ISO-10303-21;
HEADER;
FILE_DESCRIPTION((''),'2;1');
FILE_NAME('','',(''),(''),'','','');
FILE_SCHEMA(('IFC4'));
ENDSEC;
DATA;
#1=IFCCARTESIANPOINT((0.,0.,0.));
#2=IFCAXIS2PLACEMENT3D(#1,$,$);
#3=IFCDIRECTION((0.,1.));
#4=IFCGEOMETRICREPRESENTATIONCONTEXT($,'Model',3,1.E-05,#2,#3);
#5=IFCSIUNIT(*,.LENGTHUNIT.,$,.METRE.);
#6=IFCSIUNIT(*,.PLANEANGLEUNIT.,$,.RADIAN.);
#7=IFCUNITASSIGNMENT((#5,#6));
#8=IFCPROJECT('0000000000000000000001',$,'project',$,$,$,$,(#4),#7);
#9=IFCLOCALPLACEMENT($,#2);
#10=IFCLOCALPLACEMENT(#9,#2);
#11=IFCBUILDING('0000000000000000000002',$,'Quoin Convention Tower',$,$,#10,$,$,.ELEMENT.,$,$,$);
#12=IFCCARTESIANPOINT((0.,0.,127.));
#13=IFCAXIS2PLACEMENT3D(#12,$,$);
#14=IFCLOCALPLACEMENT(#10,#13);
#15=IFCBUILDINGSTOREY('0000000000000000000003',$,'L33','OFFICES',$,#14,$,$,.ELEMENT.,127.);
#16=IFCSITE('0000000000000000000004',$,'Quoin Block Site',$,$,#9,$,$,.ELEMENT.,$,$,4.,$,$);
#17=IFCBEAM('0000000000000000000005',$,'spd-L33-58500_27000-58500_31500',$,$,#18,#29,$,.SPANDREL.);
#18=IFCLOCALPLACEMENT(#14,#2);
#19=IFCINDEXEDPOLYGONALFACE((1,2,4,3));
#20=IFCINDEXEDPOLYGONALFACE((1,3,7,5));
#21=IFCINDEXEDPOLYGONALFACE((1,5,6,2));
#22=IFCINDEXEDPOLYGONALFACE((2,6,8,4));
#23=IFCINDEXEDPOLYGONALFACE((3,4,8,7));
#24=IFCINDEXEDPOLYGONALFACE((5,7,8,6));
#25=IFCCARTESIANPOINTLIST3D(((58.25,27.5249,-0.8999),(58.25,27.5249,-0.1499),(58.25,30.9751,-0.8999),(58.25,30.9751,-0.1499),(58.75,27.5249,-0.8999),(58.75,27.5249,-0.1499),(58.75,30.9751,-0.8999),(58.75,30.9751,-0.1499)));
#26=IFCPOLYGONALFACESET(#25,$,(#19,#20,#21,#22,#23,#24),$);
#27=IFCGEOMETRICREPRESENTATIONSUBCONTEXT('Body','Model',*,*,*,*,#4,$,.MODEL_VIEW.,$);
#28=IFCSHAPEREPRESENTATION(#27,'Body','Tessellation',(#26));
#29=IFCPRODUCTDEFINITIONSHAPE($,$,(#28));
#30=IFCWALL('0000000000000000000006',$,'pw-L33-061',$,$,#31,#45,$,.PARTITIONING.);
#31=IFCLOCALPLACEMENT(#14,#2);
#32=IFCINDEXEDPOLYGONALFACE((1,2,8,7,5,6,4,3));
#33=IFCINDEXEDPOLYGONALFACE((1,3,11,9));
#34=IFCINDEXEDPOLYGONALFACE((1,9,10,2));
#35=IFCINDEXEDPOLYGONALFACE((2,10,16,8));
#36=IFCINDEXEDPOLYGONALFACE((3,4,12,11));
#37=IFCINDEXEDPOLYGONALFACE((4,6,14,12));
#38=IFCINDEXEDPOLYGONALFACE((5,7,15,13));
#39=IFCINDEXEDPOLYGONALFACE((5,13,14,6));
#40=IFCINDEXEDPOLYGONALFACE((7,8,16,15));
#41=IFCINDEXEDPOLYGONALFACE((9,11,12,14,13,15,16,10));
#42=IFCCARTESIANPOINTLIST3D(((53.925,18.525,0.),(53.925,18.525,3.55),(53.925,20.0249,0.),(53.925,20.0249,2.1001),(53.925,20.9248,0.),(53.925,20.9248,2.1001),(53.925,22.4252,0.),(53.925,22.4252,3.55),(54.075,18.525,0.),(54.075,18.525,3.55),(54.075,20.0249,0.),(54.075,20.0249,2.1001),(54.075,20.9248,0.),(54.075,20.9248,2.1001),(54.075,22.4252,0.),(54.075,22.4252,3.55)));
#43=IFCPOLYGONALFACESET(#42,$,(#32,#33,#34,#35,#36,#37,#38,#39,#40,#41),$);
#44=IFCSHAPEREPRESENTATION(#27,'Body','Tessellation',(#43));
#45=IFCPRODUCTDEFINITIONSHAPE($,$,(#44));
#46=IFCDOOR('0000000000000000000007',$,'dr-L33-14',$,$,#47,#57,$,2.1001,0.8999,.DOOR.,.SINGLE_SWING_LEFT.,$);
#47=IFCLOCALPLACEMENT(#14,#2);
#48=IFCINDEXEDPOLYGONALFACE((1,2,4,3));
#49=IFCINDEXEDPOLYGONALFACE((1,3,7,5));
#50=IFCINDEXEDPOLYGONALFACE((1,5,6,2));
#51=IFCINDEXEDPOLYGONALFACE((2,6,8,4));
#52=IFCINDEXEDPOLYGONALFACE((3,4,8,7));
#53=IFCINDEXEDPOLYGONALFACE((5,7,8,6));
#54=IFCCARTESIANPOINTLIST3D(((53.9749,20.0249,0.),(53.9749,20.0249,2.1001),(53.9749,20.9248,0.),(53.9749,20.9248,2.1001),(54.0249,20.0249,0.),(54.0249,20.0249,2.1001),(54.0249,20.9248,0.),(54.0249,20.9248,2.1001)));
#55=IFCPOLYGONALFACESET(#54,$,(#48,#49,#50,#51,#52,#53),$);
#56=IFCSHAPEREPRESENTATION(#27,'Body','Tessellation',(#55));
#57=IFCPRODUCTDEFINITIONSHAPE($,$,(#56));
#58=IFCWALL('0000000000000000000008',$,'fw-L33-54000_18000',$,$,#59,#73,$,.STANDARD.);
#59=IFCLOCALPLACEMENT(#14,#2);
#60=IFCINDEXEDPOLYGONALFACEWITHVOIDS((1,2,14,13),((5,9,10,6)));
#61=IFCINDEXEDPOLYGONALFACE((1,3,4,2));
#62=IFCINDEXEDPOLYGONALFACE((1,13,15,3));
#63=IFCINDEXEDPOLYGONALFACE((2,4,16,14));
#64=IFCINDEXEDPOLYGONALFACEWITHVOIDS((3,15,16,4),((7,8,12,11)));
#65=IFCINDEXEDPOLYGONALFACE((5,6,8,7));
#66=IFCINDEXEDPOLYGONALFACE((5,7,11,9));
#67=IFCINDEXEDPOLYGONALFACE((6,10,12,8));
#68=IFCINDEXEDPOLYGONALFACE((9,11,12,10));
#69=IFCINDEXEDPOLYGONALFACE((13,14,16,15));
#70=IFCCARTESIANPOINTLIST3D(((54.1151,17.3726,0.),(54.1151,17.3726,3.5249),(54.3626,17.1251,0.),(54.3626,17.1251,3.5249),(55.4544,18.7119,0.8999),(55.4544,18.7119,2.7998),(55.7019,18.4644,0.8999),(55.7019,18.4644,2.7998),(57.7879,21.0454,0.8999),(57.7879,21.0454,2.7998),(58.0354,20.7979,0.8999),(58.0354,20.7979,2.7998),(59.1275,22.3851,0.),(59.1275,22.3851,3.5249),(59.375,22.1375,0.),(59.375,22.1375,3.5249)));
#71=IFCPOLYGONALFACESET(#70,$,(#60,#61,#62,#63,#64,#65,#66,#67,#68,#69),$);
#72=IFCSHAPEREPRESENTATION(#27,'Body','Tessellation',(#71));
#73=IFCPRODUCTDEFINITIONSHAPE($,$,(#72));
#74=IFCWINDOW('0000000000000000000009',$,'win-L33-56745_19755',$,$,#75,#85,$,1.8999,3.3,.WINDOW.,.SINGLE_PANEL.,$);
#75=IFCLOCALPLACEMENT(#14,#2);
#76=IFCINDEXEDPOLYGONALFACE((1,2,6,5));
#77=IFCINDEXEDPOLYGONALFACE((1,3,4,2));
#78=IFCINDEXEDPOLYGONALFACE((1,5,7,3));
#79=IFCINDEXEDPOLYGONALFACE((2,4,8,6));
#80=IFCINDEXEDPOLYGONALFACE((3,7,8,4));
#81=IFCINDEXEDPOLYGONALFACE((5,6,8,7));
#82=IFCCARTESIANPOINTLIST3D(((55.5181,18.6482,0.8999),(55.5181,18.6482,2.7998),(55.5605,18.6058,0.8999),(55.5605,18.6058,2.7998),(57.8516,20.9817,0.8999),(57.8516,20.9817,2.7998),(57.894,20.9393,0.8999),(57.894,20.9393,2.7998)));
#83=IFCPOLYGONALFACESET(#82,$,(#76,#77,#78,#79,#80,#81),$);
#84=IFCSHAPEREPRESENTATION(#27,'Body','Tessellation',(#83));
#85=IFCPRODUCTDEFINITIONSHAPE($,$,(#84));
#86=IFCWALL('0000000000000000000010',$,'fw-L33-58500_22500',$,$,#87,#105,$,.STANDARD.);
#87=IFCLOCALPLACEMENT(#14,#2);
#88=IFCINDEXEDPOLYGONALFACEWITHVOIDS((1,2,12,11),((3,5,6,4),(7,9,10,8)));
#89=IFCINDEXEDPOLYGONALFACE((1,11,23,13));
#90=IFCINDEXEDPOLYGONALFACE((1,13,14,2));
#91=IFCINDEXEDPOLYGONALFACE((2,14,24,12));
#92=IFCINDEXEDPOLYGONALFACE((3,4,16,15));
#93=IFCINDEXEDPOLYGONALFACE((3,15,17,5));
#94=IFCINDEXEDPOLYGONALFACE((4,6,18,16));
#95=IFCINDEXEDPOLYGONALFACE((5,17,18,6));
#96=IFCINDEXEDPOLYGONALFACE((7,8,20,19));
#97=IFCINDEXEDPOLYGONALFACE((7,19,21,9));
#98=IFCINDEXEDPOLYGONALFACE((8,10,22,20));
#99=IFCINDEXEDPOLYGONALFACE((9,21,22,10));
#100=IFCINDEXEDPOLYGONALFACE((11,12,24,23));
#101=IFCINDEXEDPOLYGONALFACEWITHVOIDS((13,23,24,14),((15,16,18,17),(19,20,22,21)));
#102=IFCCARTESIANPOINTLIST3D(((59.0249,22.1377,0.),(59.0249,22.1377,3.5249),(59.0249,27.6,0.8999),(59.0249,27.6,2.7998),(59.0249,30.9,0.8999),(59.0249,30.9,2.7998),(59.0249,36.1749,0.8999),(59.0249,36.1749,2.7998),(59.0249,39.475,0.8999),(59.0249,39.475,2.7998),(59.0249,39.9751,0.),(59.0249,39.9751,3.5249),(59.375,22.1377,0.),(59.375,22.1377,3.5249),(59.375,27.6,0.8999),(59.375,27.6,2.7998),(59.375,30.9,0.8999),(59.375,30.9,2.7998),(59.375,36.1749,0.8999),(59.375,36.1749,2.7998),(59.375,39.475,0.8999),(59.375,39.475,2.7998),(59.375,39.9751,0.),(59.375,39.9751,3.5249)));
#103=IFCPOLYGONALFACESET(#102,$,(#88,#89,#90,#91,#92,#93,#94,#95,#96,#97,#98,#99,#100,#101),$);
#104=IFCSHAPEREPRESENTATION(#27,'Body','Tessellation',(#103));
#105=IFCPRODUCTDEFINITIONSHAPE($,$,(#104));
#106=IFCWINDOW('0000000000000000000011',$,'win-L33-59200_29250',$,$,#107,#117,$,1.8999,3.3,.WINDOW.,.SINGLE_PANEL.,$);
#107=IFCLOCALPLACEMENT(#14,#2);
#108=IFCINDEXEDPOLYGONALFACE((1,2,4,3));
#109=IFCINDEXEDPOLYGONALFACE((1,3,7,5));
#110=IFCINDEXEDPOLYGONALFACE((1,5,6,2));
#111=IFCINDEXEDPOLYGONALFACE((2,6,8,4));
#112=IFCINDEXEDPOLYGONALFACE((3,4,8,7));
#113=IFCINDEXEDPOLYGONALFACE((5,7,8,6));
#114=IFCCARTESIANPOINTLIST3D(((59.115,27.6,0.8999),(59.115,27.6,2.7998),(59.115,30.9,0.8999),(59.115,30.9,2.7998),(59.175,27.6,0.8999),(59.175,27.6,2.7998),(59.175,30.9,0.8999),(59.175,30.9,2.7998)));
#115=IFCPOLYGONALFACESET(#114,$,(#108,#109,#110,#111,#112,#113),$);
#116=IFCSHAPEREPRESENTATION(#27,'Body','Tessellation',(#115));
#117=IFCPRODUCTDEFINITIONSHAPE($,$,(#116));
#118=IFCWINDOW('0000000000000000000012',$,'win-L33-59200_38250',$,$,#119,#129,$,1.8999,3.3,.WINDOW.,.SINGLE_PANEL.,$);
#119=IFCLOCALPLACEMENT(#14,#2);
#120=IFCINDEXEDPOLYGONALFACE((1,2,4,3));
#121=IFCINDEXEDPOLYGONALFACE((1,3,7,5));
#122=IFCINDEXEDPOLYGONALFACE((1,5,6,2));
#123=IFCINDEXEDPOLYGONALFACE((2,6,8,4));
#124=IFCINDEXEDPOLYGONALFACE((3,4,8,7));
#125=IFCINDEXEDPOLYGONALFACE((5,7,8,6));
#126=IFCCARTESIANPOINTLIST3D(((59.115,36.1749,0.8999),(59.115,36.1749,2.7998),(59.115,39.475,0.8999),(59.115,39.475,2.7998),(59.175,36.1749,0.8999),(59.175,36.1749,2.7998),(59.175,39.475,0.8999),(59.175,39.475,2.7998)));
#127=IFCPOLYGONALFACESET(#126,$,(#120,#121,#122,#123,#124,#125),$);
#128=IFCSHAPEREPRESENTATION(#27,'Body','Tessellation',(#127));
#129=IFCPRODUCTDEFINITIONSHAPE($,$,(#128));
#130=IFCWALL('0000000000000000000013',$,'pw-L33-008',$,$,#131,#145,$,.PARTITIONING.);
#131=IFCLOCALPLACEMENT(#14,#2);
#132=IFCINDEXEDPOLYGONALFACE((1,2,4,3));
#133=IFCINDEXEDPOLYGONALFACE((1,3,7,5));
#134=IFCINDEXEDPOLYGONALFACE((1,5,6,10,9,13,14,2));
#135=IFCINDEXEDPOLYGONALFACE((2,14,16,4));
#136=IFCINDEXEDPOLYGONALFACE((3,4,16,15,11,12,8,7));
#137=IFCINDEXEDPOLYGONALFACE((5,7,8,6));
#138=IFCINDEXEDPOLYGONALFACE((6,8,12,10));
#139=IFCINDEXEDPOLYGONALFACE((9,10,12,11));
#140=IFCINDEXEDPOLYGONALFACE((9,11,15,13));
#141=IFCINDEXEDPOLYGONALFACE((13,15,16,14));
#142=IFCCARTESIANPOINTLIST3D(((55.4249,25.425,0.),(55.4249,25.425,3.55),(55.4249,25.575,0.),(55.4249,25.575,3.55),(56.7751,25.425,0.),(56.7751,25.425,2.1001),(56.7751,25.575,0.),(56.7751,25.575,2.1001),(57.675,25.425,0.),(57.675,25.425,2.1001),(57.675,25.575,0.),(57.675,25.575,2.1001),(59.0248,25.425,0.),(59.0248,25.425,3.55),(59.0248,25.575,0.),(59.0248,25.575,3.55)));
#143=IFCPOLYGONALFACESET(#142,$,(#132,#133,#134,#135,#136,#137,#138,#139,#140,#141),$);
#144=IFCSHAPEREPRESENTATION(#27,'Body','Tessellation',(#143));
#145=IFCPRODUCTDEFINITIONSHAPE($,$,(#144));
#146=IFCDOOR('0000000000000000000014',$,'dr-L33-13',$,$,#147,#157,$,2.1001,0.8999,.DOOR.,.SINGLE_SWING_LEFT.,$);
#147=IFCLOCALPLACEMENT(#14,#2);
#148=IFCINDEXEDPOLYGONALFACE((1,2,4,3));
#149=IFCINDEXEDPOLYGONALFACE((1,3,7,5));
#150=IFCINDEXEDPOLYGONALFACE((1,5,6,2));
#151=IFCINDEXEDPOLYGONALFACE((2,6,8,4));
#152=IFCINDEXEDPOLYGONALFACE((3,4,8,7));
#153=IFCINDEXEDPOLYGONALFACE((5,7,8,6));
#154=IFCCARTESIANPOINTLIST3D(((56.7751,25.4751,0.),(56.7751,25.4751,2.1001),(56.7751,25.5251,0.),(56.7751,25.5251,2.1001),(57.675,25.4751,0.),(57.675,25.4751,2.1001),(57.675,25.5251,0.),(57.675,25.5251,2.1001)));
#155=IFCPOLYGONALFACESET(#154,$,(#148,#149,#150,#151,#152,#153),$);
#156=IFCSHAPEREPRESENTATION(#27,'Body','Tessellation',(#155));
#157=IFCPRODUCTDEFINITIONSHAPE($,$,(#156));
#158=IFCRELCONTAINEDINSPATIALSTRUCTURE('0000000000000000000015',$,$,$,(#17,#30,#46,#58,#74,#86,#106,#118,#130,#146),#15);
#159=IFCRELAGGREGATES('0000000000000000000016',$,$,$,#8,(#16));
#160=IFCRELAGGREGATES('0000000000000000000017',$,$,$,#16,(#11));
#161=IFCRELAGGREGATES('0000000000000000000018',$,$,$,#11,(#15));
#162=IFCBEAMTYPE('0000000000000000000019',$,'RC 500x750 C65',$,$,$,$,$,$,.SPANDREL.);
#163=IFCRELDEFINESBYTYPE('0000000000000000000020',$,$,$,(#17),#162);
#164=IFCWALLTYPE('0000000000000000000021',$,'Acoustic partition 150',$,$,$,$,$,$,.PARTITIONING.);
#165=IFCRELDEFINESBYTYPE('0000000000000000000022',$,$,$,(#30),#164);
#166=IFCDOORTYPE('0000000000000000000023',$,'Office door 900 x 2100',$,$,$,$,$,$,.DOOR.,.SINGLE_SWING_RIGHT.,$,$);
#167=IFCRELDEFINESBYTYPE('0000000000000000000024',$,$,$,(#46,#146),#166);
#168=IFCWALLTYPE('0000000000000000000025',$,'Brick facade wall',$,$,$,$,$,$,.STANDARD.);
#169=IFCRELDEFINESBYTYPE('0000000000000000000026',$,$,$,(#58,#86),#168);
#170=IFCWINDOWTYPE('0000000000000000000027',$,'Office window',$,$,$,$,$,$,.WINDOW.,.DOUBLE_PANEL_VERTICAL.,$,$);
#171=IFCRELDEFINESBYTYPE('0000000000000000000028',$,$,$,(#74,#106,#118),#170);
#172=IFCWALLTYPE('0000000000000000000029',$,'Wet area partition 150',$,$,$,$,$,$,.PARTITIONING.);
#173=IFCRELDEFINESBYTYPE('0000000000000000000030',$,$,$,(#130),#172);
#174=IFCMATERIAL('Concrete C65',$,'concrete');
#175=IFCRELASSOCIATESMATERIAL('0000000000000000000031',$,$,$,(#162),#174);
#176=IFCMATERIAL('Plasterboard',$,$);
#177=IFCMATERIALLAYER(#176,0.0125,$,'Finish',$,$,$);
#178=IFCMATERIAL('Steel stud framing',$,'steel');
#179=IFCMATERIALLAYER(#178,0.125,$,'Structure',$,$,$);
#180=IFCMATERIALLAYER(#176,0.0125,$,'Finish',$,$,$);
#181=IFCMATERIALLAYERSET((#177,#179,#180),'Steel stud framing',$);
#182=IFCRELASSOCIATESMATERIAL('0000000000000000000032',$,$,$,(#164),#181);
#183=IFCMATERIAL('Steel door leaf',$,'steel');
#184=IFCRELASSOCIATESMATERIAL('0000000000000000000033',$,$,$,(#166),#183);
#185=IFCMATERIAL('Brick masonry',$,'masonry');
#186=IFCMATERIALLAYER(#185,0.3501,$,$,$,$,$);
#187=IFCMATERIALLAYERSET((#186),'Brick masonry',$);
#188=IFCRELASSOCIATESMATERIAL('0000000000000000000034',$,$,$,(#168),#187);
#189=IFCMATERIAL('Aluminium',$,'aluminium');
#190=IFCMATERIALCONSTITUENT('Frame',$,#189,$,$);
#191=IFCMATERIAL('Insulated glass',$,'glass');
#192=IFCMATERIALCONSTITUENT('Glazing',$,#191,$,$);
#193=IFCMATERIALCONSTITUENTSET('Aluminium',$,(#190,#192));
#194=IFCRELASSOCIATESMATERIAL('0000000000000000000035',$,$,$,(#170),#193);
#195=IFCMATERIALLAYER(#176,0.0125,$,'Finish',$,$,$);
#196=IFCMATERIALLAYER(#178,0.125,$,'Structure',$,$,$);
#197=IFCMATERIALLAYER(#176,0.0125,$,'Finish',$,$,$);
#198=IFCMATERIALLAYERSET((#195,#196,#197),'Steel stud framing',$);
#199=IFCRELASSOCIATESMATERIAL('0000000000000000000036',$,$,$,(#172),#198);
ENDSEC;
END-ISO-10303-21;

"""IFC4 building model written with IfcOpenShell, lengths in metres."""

from ifc_helpers import new_model, si_unit, direction, frame, frame_2d, origin, origin_2d, place, context, subcontext, project, spatial, rectangle, extrude, material, layer, layer_set, constituent, constituent_set, material_profile, profile_set, type_object, element, fill, save


model = new_model("IFC4")

# Units and contexts
model_context = context("Model", 3, precision=1e-05, world=origin(), true_north=direction((0.0, 1.0)))
body_context = subcontext(model_context, "Body", "Model", "MODEL_VIEW")
ifc_project = project(units=[si_unit("LENGTHUNIT", "METRE"), si_unit("PLANEANGLEUNIT", "RADIAN")], contexts=[model_context])

# Site, building, storey
site_placement = place(None, origin())
site = spatial("IfcSite", under=ifc_project, at=site_placement, Name="Quoin Block Site", CompositionType="ELEMENT", RefElevation=4.0)
building_placement = place(site_placement, origin())
building = spatial("IfcBuilding", under=site, at=building_placement, Name="Quoin Convention Tower", CompositionType="ELEMENT")
storey_placement = place(building_placement, frame((0.0, 0.0, 127.0)))
storey = spatial("IfcBuildingStorey", under=building, at=storey_placement, Name="L33", Description="OFFICES", CompositionType="ELEMENT", Elevation=127.0)

# Shared definitions
ifc_material_1 = material(Name="Concrete C65", Category="concrete")

# Beam
ifc_material_profile_1 = material_profile(ifc_material_1, rectangle(XDim=0.5, YDim=0.75, at=origin_2d()), Name="RC 500x750")
ifc_profile_set_1 = profile_set([ifc_material_profile_1], Name="Concrete C65")
beam_type = type_object("IfcBeamType", Name="RC 500x750 C65", PredefinedType="SPANDREL", material=ifc_profile_set_1)
for number, where, z_axis, x_axis, name in (
    (1, (58.5, 27.5249, -0.5249), (0.0, 1.0, 0.0), (-1.0, 0.0, 0.0), "spd-L33-58500_27000-58500_31500"),
):
    element("IfcBeam", number, at=place(storey_placement, frame(where, z_axis=z_axis, x_axis=x_axis)), inside=storey, type_object=beam_type, Name=name, PredefinedType="SPANDREL", context=body_context, shape_type="SweptSolid", body=[
        extrude(rectangle(XDim=0.5, YDim=0.75, at=origin_2d()), origin(), (0.0, 0.0, 1.0), 3.4502),
    ])

# Wall, opening, door
ifc_material_2 = material(Name="Plasterboard")
ifc_layer_1 = layer(ifc_material_2, 0.0125, Name="Finish")
ifc_material_3 = material(Name="Steel stud framing", Category="steel")
ifc_layer_2 = layer(ifc_material_3, 0.125, Name="Structure")
ifc_layer_3 = layer(ifc_material_2, 0.0125, Name="Finish")
ifc_layer_set_1 = layer_set([ifc_layer_1, ifc_layer_2, ifc_layer_3], Name="Steel stud framing")
wall_type_1 = type_object("IfcWallType", Name="Acoustic partition 150", PredefinedType="PARTITIONING", material=ifc_layer_set_1)
wall_1_placement = place(storey_placement, frame((54.0, 18.5249, 0.0), z_axis=(0.0, 0.0, 1.0), x_axis=(0.0, 1.0, 0.0)))
wall_1 = element("IfcWall", 2, at=wall_1_placement, inside=storey, type_object=wall_type_1, Name="pw-L33-061", PredefinedType="PARTITIONING", context=body_context, shape_type="SweptSolid", body=[
    extrude(rectangle(XDim=3.9001, YDim=0.1499, at=frame_2d((1.9502, 0.0))), origin(), (0.0, 0.0, 1.0), 3.55),
])
opening_1_placement = place(wall_1_placement, frame((1.5, 0.0, 0.0)))
opening_1 = element("IfcOpeningElement", 3, at=opening_1_placement, cuts=wall_1, PredefinedType="OPENING", context=body_context, shape_type="SweptSolid", body=[
    extrude(rectangle(XDim=0.8999, YDim=2.1001, at=frame_2d((0.45, 1.05))), frame((0.0, 0.085, 0.0), z_axis=(0.0, -1.0, 0.0), x_axis=(1.0, 0.0, 0.0)), (0.0, 0.0, 1.0), 0.1699),
])
ifc_material_4 = material(Name="Steel door leaf", Category="steel")
door_type = type_object("IfcDoorType", Name="Office door 900 x 2100", OperationType="SINGLE_SWING_RIGHT", PredefinedType="DOOR", material=ifc_material_4)
door_1_placement = place(opening_1_placement, frame((0.8999, 0.0, 0.0), z_axis=(0.0, 0.0, 1.0), x_axis=(-1.0, 0.0, 0.0)))
door_1 = element("IfcDoor", 4, at=door_1_placement, inside=storey, type_object=door_type, Name="dr-L33-14", OperationType="SINGLE_SWING_LEFT", OverallHeight=2.1001, OverallWidth=0.8999, PredefinedType="DOOR", context=body_context, shape_type="SweptSolid", body=[
    extrude(rectangle(XDim=0.8999, YDim=2.1001, at=frame_2d((0.45, 1.05))), frame((0.0, 0.0249, 0.0), z_axis=(0.0, -1.0, 0.0), x_axis=(1.0, 0.0, 0.0)), (0.0, 0.0, 1.0), 0.05),
])
fill(opening_1, door_1)

# Wall, opening, window
ifc_material_5 = material(Name="Brick masonry", Category="masonry")
ifc_layer_4 = layer(ifc_material_5, 0.3501)
ifc_layer_set_2 = layer_set([ifc_layer_4], Name="Brick masonry")
wall_type_2 = type_object("IfcWallType", Name="Brick facade wall", PredefinedType="STANDARD", material=ifc_layer_set_2)
wall_2_placement = place(storey_placement, frame((54.2388, 17.2488, 0.0), z_axis=(0.0, 0.0, 1.0), x_axis=(0.707107, 0.707107, 0.0)))
wall_2 = element("IfcWall", 5, at=wall_2_placement, inside=storey, type_object=wall_type_2, Name="fw-L33-54000_18000", PredefinedType="STANDARD", context=body_context, shape_type="SweptSolid", body=[
    extrude(rectangle(XDim=7.0886, YDim=0.3501, at=frame_2d((3.5444, 0.0))), origin(), (0.0, 0.0, 1.0), 3.5249),
])
opening_2_placement = place(wall_2_placement, frame((1.8943, 0.0, 0.8999)))
opening_2 = element("IfcOpeningElement", 6, at=opening_2_placement, cuts=wall_2, PredefinedType="OPENING", context=body_context, shape_type="SweptSolid", body=[
    extrude(rectangle(XDim=3.3, YDim=1.8999, at=frame_2d((1.6499, 0.95))), frame((0.0, 0.1851, 0.0), z_axis=(0.0, -1.0, 0.0), x_axis=(1.0, 0.0, 0.0)), (0.0, 0.0, 1.0), 0.3701),
])
ifc_material_6 = material(Name="Aluminium", Category="aluminium")
ifc_constituent_1 = constituent(ifc_material_6, Name="Frame")
ifc_material_7 = material(Name="Insulated glass", Category="glass")
ifc_constituent_2 = constituent(ifc_material_7, Name="Glazing")
ifc_constituent_set = constituent_set(constituents=[ifc_constituent_1, ifc_constituent_2], Name="Aluminium")
window_type = type_object("IfcWindowType", Name="Office window", PartitioningType="DOUBLE_PANEL_VERTICAL", PredefinedType="WINDOW", material=ifc_constituent_set)
window_1_placement = place(opening_2_placement, origin())
window_1 = element("IfcWindow", 7, at=window_1_placement, inside=storey, type_object=window_type, Name="win-L33-56745_19755", OverallHeight=1.8999, OverallWidth=3.3, PartitioningType="SINGLE_PANEL", PredefinedType="WINDOW", context=body_context, shape_type="SweptSolid", body=[
    extrude(rectangle(XDim=3.3, YDim=1.8999, at=frame_2d((1.6499, 0.95))), frame((0.0, 0.085, 0.0), z_axis=(0.0, -1.0, 0.0), x_axis=(1.0, 0.0, 0.0)), (0.0, 0.0, 1.0), 0.0601),
])
fill(opening_2, window_1)

# Wall, openings, windows
wall_3_placement = place(storey_placement, frame((59.2, 22.1377, 0.0), z_axis=(0.0, 0.0, 1.0), x_axis=(0.0, 1.0, 0.0)))
wall_3 = element("IfcWall", 8, at=wall_3_placement, inside=storey, type_object=wall_type_2, Name="fw-L33-58500_22500", PredefinedType="STANDARD", context=body_context, shape_type="SweptSolid", body=[
    extrude(rectangle(XDim=17.8374, YDim=0.3501, at=frame_2d((8.9187, 0.0))), origin(), (0.0, 0.0, 1.0), 3.5249),
])
opening_3_placement = place(wall_3_placement, frame((5.4624, 0.0, 0.8999)))
opening_3 = element("IfcOpeningElement", 9, at=opening_3_placement, cuts=wall_3, PredefinedType="OPENING", context=body_context, shape_type="SweptSolid", body=[
    extrude(rectangle(XDim=3.3, YDim=1.8999, at=frame_2d((1.6499, 0.95))), frame((0.0, 0.1851, 0.0), z_axis=(0.0, -1.0, 0.0), x_axis=(1.0, 0.0, 0.0)), (0.0, 0.0, 1.0), 0.3701),
])
opening_4_placement = place(wall_3_placement, frame((14.0374, 0.0, 0.8999)))
opening_4 = element("IfcOpeningElement", 10, at=opening_4_placement, cuts=wall_3, PredefinedType="OPENING", context=body_context, shape_type="SweptSolid", body=[
    extrude(rectangle(XDim=3.3, YDim=1.8999, at=frame_2d((1.6499, 0.95))), frame((0.0, 0.1851, 0.0), z_axis=(0.0, -1.0, 0.0), x_axis=(1.0, 0.0, 0.0)), (0.0, 0.0, 1.0), 0.3701),
])
window_2_placement = place(opening_3_placement, origin())
window_2 = element("IfcWindow", 11, at=window_2_placement, inside=storey, type_object=window_type, Name="win-L33-59200_29250", OverallHeight=1.8999, OverallWidth=3.3, PartitioningType="SINGLE_PANEL", PredefinedType="WINDOW", context=body_context, shape_type="SweptSolid", body=[
    extrude(rectangle(XDim=3.3, YDim=1.8999, at=frame_2d((1.6499, 0.95))), frame((0.0, 0.085, 0.0), z_axis=(0.0, -1.0, 0.0), x_axis=(1.0, 0.0, 0.0)), (0.0, 0.0, 1.0), 0.0601),
])
fill(opening_3, window_2)
window_3_placement = place(opening_4_placement, origin())
window_3 = element("IfcWindow", 12, at=window_3_placement, inside=storey, type_object=window_type, Name="win-L33-59200_38250", OverallHeight=1.8999, OverallWidth=3.3, PartitioningType="SINGLE_PANEL", PredefinedType="WINDOW", context=body_context, shape_type="SweptSolid", body=[
    extrude(rectangle(XDim=3.3, YDim=1.8999, at=frame_2d((1.6499, 0.95))), frame((0.0, 0.085, 0.0), z_axis=(0.0, -1.0, 0.0), x_axis=(1.0, 0.0, 0.0)), (0.0, 0.0, 1.0), 0.0601),
])
fill(opening_4, window_3)

# Wall, opening, door
ifc_layer_5 = layer(ifc_material_2, 0.0125, Name="Finish")
ifc_layer_6 = layer(ifc_material_3, 0.125, Name="Structure")
ifc_layer_7 = layer(ifc_material_2, 0.0125, Name="Finish")
ifc_layer_set_3 = layer_set([ifc_layer_5, ifc_layer_6, ifc_layer_7], Name="Steel stud framing")
wall_type_3 = type_object("IfcWallType", Name="Wet area partition 150", PredefinedType="PARTITIONING", material=ifc_layer_set_3)
wall_4_placement = place(storey_placement, frame((55.425, 25.5, 0.0), z_axis=(0.0, 0.0, 1.0), x_axis=(1.0, 0.0, 0.0)))
wall_4 = element("IfcWall", 13, at=wall_4_placement, inside=storey, type_object=wall_type_3, Name="pw-L33-008", PredefinedType="PARTITIONING", context=body_context, shape_type="SweptSolid", body=[
    extrude(rectangle(XDim=3.5999, YDim=0.1499, at=frame_2d((1.7998, 0.0))), origin(), (0.0, 0.0, 1.0), 3.55),
])
opening_5_placement = place(wall_4_placement, frame((1.3501, 0.0, 0.0)))
opening_5 = element("IfcOpeningElement", 14, at=opening_5_placement, cuts=wall_4, PredefinedType="OPENING", context=body_context, shape_type="SweptSolid", body=[
    extrude(rectangle(XDim=0.8999, YDim=2.1001, at=frame_2d((0.45, 1.05))), frame((0.0, 0.085, 0.0), z_axis=(0.0, -1.0, 0.0), x_axis=(1.0, 0.0, 0.0)), (0.0, 0.0, 1.0), 0.1699),
])
door_2_placement = place(opening_5_placement, frame((0.8999, 0.0, 0.0), z_axis=(0.0, 0.0, 1.0), x_axis=(-1.0, 0.0, 0.0)))
door_2 = element("IfcDoor", 15, at=door_2_placement, inside=storey, type_object=door_type, Name="dr-L33-13", OperationType="SINGLE_SWING_LEFT", OverallHeight=2.1001, OverallWidth=0.8999, PredefinedType="DOOR", context=body_context, shape_type="SweptSolid", body=[
    extrude(rectangle(XDim=0.8999, YDim=2.1001, at=frame_2d((0.45, 1.05))), frame((0.0, 0.0249, 0.0), z_axis=(0.0, -1.0, 0.0), x_axis=(1.0, 0.0, 0.0)), (0.0, 0.0, 1.0), 0.05),
])
fill(opening_5, door_2)

save(model, "model.ifc")
